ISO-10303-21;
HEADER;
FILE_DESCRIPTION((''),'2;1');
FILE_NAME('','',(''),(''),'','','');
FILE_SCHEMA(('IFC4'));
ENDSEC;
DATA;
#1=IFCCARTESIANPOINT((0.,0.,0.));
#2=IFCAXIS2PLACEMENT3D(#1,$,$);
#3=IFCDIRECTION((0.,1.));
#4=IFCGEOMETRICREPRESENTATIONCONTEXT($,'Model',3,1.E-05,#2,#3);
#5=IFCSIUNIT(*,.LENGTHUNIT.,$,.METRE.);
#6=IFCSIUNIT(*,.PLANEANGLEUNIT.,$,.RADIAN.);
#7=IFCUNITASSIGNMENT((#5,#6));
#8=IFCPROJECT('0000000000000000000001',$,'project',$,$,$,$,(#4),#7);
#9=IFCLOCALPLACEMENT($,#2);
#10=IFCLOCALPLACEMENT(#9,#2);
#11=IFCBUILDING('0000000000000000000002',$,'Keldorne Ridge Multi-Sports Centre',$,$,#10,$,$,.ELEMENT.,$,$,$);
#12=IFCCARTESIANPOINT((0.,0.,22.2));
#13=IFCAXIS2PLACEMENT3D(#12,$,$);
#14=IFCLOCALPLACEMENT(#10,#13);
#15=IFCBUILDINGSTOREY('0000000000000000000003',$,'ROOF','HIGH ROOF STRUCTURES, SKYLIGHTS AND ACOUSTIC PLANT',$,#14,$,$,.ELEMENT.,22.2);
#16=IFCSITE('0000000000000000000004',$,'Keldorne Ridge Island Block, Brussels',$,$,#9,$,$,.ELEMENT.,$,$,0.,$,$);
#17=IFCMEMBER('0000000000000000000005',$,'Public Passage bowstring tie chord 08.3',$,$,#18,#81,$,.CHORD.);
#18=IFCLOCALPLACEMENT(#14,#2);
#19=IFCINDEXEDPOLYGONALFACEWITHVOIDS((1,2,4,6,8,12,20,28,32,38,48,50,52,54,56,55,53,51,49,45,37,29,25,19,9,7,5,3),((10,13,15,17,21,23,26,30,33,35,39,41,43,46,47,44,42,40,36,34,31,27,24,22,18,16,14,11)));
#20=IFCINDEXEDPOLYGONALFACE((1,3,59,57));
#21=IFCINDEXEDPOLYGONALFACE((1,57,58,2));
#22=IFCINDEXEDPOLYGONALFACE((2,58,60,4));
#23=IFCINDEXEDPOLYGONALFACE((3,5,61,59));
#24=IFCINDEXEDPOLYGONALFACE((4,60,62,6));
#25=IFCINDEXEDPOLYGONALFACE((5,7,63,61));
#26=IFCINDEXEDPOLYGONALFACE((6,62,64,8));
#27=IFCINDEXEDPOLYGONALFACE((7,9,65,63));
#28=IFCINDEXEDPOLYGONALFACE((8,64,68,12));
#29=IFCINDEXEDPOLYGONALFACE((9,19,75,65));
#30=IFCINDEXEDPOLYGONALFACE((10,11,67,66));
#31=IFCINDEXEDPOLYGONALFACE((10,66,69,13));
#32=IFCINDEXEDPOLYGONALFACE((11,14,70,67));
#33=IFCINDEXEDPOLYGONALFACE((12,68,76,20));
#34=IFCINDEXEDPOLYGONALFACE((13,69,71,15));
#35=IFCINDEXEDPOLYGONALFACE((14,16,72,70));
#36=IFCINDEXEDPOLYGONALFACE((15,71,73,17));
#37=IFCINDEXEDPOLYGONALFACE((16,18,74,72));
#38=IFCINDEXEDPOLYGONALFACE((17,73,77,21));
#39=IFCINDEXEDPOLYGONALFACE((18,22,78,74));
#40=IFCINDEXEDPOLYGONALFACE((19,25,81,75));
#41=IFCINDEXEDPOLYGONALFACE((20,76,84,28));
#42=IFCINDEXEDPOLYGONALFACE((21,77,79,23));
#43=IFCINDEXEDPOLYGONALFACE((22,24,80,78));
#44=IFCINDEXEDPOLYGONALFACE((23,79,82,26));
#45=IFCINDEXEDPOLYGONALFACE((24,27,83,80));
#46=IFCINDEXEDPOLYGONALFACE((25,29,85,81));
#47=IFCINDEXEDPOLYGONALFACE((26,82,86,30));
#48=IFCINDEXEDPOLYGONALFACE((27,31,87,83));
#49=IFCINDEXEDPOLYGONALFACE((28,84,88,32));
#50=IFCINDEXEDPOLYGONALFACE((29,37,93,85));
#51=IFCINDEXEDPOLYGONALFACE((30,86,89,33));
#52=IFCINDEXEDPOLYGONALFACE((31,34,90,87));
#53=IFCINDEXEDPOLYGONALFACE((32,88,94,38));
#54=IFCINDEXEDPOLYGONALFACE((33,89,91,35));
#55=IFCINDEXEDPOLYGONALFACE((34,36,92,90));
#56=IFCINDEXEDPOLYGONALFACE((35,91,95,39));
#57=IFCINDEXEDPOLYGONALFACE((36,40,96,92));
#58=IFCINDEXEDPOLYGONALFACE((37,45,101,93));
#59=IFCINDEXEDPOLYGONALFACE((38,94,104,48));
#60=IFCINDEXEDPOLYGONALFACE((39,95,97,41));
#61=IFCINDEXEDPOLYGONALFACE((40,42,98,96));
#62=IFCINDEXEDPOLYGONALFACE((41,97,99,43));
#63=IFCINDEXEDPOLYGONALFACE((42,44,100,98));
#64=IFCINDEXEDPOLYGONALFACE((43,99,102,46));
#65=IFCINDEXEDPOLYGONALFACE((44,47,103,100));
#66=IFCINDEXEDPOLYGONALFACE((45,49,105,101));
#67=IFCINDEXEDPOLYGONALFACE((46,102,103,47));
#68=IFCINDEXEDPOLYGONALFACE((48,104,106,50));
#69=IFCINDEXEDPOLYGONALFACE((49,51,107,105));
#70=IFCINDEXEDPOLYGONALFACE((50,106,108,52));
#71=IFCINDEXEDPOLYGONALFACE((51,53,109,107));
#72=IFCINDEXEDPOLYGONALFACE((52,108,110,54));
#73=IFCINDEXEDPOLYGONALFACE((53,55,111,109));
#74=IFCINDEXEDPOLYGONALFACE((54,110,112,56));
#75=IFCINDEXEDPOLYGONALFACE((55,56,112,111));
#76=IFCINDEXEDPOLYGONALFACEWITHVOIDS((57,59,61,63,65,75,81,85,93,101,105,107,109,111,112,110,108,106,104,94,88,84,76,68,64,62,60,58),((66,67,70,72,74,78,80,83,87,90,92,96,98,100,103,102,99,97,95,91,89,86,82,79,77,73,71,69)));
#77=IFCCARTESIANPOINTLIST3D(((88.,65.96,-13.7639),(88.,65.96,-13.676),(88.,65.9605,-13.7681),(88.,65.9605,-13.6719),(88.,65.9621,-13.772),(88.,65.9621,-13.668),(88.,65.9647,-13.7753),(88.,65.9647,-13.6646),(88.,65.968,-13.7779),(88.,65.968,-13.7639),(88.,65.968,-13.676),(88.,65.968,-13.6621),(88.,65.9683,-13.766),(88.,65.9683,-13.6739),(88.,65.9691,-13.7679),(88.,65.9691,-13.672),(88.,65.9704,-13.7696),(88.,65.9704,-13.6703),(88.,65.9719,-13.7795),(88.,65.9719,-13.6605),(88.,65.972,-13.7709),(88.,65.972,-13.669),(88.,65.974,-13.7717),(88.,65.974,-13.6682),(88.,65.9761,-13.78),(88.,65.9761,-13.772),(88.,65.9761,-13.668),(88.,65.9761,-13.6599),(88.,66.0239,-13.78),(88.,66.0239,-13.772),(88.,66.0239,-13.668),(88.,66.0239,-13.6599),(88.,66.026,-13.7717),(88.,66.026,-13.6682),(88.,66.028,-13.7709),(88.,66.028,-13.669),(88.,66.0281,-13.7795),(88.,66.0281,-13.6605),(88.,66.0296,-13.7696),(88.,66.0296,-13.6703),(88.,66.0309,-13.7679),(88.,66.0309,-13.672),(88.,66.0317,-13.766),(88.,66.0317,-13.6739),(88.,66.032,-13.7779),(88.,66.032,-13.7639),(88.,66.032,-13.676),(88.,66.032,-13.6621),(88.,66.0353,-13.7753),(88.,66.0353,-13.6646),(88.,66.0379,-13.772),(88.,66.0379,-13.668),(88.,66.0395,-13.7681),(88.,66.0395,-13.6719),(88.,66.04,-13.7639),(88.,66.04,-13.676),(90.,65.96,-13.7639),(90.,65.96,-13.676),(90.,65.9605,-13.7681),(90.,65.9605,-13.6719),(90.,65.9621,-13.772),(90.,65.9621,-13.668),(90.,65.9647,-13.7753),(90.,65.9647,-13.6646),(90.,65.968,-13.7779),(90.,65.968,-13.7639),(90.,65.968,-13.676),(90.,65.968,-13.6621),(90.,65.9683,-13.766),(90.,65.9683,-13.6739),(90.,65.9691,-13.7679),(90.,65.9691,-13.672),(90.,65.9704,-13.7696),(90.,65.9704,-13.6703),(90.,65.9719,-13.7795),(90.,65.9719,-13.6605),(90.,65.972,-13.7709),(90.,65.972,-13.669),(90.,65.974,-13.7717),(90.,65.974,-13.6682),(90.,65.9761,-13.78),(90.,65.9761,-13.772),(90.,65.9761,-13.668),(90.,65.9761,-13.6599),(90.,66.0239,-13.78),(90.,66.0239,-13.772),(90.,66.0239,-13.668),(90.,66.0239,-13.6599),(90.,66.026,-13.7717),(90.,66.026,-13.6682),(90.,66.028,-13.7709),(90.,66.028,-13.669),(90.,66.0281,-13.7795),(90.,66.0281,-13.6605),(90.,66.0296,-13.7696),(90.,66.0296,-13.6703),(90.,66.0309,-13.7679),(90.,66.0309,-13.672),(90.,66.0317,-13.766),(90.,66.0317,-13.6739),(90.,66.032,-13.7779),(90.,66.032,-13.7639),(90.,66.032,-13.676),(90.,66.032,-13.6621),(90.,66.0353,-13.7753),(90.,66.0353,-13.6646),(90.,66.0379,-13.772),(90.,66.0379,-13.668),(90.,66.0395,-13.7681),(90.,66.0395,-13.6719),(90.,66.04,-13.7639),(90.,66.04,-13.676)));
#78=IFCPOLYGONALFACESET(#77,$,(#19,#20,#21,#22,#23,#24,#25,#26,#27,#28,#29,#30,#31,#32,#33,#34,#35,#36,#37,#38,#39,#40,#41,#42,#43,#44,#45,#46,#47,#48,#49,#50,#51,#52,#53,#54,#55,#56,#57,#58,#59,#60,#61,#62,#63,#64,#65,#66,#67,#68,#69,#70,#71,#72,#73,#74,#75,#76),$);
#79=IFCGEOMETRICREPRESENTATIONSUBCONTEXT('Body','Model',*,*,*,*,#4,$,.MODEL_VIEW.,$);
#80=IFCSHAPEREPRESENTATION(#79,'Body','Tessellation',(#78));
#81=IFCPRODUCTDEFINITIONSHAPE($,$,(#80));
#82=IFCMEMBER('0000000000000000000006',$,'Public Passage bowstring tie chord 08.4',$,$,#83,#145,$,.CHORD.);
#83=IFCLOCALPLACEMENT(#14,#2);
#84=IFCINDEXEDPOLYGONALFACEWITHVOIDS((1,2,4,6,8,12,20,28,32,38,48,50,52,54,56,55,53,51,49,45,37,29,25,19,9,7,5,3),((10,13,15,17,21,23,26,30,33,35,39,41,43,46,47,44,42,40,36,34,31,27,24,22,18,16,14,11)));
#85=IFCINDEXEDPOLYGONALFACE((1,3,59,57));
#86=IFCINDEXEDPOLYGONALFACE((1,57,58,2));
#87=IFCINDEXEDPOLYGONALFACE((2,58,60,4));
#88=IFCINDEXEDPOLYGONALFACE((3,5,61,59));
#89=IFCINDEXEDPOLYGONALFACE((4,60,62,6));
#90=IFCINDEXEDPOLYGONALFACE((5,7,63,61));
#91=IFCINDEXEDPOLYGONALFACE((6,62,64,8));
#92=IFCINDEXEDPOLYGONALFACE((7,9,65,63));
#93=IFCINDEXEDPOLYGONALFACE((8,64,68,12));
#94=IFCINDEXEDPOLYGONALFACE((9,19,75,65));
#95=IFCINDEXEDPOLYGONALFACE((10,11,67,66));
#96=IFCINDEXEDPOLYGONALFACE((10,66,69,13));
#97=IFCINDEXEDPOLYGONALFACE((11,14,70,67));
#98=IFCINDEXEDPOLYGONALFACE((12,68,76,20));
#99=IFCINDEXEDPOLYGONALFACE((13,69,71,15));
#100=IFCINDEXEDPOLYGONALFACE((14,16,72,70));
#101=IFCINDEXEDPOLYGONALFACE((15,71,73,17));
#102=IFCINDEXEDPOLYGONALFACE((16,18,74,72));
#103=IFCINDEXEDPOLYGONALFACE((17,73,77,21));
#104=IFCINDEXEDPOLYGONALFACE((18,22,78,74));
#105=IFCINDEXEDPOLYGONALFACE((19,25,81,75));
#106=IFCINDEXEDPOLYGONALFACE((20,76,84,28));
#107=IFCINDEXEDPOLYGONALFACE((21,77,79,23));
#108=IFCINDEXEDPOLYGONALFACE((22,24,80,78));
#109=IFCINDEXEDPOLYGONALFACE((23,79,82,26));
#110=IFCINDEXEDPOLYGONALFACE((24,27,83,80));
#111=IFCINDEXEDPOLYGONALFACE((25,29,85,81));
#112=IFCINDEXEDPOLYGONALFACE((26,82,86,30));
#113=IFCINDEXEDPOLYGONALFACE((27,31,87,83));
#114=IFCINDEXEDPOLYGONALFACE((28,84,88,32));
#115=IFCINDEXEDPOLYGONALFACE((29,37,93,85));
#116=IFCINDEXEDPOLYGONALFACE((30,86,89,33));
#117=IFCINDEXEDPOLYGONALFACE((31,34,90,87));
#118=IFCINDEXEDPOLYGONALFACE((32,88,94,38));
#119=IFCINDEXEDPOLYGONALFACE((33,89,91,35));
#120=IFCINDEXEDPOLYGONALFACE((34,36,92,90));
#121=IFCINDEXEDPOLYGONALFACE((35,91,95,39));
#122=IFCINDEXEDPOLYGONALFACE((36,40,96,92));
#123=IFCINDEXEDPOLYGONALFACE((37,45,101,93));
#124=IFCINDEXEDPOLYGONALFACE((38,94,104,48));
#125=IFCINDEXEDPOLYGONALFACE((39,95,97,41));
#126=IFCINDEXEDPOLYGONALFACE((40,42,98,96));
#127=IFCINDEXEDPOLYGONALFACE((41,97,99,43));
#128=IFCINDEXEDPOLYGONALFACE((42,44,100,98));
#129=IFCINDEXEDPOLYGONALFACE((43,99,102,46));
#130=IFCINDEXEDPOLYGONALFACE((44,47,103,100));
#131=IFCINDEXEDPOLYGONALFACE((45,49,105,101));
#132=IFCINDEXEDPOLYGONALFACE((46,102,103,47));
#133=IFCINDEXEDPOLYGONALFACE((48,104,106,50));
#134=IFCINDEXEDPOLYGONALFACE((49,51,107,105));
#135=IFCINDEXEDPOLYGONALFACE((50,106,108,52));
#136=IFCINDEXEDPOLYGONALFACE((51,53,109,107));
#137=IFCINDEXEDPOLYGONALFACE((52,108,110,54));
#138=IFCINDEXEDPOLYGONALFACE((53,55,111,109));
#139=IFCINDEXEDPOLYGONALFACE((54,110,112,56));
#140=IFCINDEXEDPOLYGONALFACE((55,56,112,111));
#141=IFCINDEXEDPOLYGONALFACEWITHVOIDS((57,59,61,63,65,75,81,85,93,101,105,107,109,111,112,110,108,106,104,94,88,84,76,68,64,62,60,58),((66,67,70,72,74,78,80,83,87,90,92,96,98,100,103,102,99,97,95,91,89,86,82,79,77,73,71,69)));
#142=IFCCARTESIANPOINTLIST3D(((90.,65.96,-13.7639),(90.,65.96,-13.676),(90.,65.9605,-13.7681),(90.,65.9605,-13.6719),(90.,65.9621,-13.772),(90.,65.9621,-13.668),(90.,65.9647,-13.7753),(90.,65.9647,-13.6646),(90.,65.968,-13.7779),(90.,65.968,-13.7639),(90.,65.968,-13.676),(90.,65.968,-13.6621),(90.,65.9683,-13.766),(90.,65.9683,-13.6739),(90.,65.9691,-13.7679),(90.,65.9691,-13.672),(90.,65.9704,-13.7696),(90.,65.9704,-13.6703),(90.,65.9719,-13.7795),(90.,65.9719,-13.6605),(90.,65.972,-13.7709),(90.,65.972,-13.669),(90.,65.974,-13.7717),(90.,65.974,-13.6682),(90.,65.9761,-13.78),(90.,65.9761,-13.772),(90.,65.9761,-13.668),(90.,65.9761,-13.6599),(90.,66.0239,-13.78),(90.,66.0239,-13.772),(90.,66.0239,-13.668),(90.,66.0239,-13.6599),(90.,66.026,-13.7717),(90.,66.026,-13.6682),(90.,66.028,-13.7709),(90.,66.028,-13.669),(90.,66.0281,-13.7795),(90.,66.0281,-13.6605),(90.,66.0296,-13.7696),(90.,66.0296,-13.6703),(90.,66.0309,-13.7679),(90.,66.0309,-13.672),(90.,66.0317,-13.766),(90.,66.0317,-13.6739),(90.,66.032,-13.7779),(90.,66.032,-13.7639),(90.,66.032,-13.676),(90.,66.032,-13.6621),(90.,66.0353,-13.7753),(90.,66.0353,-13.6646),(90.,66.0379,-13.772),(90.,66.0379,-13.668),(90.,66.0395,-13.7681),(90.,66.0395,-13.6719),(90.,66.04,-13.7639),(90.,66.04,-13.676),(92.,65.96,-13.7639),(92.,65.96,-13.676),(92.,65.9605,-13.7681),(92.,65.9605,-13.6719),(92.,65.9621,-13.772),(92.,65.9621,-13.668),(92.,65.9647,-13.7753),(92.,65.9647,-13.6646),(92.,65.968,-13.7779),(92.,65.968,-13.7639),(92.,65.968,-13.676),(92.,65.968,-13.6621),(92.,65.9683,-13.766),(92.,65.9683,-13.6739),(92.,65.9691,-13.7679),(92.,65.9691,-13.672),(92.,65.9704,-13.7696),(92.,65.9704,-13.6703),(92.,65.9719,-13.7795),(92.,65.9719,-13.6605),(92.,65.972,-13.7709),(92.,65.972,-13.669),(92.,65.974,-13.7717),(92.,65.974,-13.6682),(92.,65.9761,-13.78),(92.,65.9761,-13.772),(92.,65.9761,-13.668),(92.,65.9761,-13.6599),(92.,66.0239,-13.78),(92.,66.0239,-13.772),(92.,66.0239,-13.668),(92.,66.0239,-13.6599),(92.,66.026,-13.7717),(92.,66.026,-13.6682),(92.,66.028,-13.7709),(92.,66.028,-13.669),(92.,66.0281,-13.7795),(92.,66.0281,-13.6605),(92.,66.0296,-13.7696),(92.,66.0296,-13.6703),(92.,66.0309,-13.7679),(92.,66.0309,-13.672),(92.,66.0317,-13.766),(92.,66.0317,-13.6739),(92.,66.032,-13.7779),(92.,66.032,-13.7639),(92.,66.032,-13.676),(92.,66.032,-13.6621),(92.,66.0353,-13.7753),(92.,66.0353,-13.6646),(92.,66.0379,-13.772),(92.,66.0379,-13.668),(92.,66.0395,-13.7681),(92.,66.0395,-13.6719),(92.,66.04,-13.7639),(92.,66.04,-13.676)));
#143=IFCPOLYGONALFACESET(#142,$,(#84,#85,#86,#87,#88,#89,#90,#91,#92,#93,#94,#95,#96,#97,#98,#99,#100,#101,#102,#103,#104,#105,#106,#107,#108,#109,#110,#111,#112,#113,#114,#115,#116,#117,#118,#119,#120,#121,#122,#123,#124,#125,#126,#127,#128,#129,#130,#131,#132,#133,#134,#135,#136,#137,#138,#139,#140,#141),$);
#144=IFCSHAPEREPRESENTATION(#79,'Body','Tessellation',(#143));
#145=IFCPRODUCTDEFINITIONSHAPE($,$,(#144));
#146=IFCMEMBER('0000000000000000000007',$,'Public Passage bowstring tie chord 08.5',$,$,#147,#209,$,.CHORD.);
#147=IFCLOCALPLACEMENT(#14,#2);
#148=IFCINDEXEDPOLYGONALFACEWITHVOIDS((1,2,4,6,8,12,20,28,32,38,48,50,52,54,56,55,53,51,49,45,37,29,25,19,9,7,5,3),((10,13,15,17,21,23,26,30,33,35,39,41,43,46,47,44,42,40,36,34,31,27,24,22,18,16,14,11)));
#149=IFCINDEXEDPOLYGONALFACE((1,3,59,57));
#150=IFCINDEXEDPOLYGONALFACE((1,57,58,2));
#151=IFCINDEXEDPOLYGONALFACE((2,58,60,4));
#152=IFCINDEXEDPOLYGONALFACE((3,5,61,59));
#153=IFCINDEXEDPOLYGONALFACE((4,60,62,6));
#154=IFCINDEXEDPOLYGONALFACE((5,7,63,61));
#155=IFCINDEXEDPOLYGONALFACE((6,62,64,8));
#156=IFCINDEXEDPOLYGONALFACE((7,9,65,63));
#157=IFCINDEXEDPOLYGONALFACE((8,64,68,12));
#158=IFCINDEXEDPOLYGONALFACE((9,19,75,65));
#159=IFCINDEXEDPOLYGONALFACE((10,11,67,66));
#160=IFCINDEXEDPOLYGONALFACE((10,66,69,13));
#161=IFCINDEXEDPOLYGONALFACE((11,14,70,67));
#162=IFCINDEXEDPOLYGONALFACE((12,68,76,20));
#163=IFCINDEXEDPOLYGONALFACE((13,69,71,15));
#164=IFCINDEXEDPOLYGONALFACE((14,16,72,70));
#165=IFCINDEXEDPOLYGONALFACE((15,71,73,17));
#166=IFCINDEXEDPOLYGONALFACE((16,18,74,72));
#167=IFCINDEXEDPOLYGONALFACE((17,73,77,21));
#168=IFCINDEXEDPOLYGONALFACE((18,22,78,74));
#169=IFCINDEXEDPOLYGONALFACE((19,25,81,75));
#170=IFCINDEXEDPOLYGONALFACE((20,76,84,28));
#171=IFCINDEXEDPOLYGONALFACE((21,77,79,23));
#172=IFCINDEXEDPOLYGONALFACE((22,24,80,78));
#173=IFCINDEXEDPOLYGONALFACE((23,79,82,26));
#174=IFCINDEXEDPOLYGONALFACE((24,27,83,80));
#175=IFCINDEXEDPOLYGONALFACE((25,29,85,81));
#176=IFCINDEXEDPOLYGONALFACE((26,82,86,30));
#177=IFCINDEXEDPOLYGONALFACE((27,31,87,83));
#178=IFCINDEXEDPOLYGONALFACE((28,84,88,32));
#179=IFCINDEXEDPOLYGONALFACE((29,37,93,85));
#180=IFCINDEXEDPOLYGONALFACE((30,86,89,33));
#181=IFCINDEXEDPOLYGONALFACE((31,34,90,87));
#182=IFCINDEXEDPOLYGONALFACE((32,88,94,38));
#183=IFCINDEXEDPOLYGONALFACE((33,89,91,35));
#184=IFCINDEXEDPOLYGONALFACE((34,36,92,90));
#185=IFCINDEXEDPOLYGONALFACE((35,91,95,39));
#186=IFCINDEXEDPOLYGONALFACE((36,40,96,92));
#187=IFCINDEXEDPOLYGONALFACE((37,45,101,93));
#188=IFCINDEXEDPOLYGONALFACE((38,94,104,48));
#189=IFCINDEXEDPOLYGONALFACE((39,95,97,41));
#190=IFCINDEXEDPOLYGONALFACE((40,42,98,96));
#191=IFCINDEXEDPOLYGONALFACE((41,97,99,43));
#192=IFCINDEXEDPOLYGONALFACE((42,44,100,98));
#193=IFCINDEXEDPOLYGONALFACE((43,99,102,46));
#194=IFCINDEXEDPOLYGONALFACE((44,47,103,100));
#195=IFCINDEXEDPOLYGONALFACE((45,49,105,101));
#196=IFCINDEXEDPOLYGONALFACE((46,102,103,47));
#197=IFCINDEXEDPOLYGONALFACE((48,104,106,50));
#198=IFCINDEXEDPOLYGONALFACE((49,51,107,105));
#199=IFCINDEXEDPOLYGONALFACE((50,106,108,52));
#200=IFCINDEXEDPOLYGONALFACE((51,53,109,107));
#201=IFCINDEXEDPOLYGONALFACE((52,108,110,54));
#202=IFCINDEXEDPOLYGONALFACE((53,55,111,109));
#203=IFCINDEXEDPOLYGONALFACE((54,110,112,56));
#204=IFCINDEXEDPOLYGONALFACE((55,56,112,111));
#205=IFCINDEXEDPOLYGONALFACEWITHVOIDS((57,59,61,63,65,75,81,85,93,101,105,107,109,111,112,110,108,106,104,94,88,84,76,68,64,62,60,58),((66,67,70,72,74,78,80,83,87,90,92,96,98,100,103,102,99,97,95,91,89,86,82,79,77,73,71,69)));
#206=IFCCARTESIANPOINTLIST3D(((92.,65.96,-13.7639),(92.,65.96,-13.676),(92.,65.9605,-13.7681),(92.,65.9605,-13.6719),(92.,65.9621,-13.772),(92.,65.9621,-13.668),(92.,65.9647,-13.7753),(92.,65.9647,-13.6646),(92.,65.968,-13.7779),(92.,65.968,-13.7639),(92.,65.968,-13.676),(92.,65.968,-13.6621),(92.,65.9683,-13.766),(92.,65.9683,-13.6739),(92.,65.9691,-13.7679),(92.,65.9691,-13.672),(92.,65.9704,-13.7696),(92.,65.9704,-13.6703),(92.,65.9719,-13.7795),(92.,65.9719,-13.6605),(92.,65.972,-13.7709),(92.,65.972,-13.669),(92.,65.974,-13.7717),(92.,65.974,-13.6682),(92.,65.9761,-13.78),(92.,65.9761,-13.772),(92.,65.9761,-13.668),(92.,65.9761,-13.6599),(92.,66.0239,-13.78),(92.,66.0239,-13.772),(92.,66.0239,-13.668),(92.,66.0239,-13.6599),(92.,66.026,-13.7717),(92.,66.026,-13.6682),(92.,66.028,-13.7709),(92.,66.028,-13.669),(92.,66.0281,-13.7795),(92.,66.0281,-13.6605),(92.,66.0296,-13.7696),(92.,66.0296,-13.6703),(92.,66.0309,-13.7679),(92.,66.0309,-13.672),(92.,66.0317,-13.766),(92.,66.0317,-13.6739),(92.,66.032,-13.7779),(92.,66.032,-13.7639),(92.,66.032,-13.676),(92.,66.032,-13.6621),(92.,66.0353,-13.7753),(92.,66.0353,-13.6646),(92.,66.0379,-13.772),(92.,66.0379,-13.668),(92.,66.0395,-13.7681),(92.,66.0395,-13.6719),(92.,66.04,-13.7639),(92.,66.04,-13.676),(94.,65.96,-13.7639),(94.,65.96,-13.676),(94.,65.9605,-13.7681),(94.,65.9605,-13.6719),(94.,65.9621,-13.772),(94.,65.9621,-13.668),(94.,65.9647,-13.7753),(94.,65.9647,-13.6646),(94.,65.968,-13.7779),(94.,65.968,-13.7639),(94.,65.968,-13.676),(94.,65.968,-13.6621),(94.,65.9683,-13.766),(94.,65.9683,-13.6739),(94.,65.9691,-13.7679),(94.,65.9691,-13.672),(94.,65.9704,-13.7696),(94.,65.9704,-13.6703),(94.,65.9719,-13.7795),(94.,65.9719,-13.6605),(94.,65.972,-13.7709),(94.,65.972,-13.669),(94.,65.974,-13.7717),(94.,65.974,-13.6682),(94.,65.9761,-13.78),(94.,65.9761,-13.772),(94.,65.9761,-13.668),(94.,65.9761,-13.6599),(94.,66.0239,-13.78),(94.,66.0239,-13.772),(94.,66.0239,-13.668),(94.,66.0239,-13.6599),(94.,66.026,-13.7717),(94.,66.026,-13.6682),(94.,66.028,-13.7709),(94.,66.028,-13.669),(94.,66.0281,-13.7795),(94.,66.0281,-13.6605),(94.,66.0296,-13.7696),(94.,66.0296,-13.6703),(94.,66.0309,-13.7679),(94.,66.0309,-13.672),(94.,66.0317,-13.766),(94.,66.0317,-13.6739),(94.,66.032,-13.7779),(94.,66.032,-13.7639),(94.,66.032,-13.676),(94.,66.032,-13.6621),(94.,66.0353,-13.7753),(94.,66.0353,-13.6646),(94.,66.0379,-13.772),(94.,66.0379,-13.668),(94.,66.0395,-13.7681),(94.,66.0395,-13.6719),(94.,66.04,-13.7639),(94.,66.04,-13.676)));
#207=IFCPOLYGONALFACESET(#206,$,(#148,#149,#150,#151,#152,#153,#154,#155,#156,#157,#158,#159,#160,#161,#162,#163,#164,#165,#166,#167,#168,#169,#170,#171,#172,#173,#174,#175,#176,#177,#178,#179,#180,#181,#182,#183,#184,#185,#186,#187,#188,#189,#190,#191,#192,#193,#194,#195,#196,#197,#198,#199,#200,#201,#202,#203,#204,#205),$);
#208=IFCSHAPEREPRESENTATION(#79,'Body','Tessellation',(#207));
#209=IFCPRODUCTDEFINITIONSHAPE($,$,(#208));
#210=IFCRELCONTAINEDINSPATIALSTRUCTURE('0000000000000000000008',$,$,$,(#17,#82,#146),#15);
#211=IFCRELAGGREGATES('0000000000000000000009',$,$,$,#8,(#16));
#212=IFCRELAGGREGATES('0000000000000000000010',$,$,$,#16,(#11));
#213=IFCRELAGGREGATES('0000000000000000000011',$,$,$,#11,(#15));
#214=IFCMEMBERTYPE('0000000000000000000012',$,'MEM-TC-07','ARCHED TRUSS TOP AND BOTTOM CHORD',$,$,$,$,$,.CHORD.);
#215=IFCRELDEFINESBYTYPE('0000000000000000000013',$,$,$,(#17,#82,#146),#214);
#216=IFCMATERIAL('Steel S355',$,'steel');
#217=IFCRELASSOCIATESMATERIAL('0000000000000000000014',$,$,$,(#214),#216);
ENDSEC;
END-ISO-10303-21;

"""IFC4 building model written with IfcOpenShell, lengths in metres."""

from ifc_helpers import new_model, si_unit, direction, frame, origin, origin_2d, place, context, subcontext, project, spatial, hollow_rectangle, extrude, material, material_profile, profile_set, type_object, element, save


model = new_model("IFC4")

# Units and contexts
model_context = context("Model", 3, precision=1e-05, world=origin(), true_north=direction((0.0, 1.0)))
body_context = subcontext(model_context, "Body", "Model", "MODEL_VIEW")
ifc_project = project(units=[si_unit("LENGTHUNIT", "METRE"), si_unit("PLANEANGLEUNIT", "RADIAN")], contexts=[model_context])

# Site, building, storey
site_placement = place(None, origin())
site = spatial("IfcSite", under=ifc_project, at=site_placement, Name="Keldorne Ridge Island Block, Brussels", CompositionType="ELEMENT", RefElevation=0.0)
building_placement = place(site_placement, origin())
building = spatial("IfcBuilding", under=site, at=building_placement, Name="Keldorne Ridge Multi-Sports Centre", CompositionType="ELEMENT")
storey_placement = place(building_placement, frame((0.0, 0.0, 22.2)))
storey = spatial("IfcBuildingStorey", under=building, at=storey_placement, Name="ROOF", Description="HIGH ROOF STRUCTURES, SKYLIGHTS AND ACOUSTIC PLANT", CompositionType="ELEMENT", Elevation=22.2)

# Members
ifc_material = material(Name="Steel S355", Category="steel")
ifc_material_profile_1 = material_profile(ifc_material, hollow_rectangle(XDim=0.0801, YDim=0.1201, WallThickness=0.0081, InnerFilletRadius=0.0081, OuterFilletRadius=0.0161, at=origin_2d()), Name="RHS 120x80x8")
ifc_profile_set_1 = profile_set([ifc_material_profile_1], Name="Steel S355")
member_type_1 = type_object("IfcMemberType", Name="MEM-TC-07", Description="ARCHED TRUSS TOP AND BOTTOM CHORD", PredefinedType="CHORD", material=ifc_profile_set_1)
for number, where, z_axis, x_axis, name in (
    (1, (88.0, 66.0, -13.72), (1.0, 0.0, 0.0), (0.0, 1.0, 0.0), "Public Passage bowstring tie chord 08.3"),
    (2, (90.0, 66.0, -13.72), (1.0, 0.0, 0.0), (0.0, 1.0, 0.0), "Public Passage bowstring tie chord 08.4"),
    (3, (92.0, 66.0, -13.72), (1.0, 0.0, 0.0), (0.0, 1.0, 0.0), "Public Passage bowstring tie chord 08.5"),
):
    element("IfcMember", number, at=place(storey_placement, frame(where, z_axis=z_axis, x_axis=x_axis)), inside=storey, type_object=member_type_1, Name=name, PredefinedType="CHORD", context=body_context, shape_type="SweptSolid", body=[
        extrude(hollow_rectangle(XDim=0.0801, YDim=0.1201, WallThickness=0.0081, InnerFilletRadius=0.0081, OuterFilletRadius=0.0161, at=origin_2d()), origin(), (0.0, 0.0, 1.0), 2.0),
    ])

save(model, "model.ifc")
